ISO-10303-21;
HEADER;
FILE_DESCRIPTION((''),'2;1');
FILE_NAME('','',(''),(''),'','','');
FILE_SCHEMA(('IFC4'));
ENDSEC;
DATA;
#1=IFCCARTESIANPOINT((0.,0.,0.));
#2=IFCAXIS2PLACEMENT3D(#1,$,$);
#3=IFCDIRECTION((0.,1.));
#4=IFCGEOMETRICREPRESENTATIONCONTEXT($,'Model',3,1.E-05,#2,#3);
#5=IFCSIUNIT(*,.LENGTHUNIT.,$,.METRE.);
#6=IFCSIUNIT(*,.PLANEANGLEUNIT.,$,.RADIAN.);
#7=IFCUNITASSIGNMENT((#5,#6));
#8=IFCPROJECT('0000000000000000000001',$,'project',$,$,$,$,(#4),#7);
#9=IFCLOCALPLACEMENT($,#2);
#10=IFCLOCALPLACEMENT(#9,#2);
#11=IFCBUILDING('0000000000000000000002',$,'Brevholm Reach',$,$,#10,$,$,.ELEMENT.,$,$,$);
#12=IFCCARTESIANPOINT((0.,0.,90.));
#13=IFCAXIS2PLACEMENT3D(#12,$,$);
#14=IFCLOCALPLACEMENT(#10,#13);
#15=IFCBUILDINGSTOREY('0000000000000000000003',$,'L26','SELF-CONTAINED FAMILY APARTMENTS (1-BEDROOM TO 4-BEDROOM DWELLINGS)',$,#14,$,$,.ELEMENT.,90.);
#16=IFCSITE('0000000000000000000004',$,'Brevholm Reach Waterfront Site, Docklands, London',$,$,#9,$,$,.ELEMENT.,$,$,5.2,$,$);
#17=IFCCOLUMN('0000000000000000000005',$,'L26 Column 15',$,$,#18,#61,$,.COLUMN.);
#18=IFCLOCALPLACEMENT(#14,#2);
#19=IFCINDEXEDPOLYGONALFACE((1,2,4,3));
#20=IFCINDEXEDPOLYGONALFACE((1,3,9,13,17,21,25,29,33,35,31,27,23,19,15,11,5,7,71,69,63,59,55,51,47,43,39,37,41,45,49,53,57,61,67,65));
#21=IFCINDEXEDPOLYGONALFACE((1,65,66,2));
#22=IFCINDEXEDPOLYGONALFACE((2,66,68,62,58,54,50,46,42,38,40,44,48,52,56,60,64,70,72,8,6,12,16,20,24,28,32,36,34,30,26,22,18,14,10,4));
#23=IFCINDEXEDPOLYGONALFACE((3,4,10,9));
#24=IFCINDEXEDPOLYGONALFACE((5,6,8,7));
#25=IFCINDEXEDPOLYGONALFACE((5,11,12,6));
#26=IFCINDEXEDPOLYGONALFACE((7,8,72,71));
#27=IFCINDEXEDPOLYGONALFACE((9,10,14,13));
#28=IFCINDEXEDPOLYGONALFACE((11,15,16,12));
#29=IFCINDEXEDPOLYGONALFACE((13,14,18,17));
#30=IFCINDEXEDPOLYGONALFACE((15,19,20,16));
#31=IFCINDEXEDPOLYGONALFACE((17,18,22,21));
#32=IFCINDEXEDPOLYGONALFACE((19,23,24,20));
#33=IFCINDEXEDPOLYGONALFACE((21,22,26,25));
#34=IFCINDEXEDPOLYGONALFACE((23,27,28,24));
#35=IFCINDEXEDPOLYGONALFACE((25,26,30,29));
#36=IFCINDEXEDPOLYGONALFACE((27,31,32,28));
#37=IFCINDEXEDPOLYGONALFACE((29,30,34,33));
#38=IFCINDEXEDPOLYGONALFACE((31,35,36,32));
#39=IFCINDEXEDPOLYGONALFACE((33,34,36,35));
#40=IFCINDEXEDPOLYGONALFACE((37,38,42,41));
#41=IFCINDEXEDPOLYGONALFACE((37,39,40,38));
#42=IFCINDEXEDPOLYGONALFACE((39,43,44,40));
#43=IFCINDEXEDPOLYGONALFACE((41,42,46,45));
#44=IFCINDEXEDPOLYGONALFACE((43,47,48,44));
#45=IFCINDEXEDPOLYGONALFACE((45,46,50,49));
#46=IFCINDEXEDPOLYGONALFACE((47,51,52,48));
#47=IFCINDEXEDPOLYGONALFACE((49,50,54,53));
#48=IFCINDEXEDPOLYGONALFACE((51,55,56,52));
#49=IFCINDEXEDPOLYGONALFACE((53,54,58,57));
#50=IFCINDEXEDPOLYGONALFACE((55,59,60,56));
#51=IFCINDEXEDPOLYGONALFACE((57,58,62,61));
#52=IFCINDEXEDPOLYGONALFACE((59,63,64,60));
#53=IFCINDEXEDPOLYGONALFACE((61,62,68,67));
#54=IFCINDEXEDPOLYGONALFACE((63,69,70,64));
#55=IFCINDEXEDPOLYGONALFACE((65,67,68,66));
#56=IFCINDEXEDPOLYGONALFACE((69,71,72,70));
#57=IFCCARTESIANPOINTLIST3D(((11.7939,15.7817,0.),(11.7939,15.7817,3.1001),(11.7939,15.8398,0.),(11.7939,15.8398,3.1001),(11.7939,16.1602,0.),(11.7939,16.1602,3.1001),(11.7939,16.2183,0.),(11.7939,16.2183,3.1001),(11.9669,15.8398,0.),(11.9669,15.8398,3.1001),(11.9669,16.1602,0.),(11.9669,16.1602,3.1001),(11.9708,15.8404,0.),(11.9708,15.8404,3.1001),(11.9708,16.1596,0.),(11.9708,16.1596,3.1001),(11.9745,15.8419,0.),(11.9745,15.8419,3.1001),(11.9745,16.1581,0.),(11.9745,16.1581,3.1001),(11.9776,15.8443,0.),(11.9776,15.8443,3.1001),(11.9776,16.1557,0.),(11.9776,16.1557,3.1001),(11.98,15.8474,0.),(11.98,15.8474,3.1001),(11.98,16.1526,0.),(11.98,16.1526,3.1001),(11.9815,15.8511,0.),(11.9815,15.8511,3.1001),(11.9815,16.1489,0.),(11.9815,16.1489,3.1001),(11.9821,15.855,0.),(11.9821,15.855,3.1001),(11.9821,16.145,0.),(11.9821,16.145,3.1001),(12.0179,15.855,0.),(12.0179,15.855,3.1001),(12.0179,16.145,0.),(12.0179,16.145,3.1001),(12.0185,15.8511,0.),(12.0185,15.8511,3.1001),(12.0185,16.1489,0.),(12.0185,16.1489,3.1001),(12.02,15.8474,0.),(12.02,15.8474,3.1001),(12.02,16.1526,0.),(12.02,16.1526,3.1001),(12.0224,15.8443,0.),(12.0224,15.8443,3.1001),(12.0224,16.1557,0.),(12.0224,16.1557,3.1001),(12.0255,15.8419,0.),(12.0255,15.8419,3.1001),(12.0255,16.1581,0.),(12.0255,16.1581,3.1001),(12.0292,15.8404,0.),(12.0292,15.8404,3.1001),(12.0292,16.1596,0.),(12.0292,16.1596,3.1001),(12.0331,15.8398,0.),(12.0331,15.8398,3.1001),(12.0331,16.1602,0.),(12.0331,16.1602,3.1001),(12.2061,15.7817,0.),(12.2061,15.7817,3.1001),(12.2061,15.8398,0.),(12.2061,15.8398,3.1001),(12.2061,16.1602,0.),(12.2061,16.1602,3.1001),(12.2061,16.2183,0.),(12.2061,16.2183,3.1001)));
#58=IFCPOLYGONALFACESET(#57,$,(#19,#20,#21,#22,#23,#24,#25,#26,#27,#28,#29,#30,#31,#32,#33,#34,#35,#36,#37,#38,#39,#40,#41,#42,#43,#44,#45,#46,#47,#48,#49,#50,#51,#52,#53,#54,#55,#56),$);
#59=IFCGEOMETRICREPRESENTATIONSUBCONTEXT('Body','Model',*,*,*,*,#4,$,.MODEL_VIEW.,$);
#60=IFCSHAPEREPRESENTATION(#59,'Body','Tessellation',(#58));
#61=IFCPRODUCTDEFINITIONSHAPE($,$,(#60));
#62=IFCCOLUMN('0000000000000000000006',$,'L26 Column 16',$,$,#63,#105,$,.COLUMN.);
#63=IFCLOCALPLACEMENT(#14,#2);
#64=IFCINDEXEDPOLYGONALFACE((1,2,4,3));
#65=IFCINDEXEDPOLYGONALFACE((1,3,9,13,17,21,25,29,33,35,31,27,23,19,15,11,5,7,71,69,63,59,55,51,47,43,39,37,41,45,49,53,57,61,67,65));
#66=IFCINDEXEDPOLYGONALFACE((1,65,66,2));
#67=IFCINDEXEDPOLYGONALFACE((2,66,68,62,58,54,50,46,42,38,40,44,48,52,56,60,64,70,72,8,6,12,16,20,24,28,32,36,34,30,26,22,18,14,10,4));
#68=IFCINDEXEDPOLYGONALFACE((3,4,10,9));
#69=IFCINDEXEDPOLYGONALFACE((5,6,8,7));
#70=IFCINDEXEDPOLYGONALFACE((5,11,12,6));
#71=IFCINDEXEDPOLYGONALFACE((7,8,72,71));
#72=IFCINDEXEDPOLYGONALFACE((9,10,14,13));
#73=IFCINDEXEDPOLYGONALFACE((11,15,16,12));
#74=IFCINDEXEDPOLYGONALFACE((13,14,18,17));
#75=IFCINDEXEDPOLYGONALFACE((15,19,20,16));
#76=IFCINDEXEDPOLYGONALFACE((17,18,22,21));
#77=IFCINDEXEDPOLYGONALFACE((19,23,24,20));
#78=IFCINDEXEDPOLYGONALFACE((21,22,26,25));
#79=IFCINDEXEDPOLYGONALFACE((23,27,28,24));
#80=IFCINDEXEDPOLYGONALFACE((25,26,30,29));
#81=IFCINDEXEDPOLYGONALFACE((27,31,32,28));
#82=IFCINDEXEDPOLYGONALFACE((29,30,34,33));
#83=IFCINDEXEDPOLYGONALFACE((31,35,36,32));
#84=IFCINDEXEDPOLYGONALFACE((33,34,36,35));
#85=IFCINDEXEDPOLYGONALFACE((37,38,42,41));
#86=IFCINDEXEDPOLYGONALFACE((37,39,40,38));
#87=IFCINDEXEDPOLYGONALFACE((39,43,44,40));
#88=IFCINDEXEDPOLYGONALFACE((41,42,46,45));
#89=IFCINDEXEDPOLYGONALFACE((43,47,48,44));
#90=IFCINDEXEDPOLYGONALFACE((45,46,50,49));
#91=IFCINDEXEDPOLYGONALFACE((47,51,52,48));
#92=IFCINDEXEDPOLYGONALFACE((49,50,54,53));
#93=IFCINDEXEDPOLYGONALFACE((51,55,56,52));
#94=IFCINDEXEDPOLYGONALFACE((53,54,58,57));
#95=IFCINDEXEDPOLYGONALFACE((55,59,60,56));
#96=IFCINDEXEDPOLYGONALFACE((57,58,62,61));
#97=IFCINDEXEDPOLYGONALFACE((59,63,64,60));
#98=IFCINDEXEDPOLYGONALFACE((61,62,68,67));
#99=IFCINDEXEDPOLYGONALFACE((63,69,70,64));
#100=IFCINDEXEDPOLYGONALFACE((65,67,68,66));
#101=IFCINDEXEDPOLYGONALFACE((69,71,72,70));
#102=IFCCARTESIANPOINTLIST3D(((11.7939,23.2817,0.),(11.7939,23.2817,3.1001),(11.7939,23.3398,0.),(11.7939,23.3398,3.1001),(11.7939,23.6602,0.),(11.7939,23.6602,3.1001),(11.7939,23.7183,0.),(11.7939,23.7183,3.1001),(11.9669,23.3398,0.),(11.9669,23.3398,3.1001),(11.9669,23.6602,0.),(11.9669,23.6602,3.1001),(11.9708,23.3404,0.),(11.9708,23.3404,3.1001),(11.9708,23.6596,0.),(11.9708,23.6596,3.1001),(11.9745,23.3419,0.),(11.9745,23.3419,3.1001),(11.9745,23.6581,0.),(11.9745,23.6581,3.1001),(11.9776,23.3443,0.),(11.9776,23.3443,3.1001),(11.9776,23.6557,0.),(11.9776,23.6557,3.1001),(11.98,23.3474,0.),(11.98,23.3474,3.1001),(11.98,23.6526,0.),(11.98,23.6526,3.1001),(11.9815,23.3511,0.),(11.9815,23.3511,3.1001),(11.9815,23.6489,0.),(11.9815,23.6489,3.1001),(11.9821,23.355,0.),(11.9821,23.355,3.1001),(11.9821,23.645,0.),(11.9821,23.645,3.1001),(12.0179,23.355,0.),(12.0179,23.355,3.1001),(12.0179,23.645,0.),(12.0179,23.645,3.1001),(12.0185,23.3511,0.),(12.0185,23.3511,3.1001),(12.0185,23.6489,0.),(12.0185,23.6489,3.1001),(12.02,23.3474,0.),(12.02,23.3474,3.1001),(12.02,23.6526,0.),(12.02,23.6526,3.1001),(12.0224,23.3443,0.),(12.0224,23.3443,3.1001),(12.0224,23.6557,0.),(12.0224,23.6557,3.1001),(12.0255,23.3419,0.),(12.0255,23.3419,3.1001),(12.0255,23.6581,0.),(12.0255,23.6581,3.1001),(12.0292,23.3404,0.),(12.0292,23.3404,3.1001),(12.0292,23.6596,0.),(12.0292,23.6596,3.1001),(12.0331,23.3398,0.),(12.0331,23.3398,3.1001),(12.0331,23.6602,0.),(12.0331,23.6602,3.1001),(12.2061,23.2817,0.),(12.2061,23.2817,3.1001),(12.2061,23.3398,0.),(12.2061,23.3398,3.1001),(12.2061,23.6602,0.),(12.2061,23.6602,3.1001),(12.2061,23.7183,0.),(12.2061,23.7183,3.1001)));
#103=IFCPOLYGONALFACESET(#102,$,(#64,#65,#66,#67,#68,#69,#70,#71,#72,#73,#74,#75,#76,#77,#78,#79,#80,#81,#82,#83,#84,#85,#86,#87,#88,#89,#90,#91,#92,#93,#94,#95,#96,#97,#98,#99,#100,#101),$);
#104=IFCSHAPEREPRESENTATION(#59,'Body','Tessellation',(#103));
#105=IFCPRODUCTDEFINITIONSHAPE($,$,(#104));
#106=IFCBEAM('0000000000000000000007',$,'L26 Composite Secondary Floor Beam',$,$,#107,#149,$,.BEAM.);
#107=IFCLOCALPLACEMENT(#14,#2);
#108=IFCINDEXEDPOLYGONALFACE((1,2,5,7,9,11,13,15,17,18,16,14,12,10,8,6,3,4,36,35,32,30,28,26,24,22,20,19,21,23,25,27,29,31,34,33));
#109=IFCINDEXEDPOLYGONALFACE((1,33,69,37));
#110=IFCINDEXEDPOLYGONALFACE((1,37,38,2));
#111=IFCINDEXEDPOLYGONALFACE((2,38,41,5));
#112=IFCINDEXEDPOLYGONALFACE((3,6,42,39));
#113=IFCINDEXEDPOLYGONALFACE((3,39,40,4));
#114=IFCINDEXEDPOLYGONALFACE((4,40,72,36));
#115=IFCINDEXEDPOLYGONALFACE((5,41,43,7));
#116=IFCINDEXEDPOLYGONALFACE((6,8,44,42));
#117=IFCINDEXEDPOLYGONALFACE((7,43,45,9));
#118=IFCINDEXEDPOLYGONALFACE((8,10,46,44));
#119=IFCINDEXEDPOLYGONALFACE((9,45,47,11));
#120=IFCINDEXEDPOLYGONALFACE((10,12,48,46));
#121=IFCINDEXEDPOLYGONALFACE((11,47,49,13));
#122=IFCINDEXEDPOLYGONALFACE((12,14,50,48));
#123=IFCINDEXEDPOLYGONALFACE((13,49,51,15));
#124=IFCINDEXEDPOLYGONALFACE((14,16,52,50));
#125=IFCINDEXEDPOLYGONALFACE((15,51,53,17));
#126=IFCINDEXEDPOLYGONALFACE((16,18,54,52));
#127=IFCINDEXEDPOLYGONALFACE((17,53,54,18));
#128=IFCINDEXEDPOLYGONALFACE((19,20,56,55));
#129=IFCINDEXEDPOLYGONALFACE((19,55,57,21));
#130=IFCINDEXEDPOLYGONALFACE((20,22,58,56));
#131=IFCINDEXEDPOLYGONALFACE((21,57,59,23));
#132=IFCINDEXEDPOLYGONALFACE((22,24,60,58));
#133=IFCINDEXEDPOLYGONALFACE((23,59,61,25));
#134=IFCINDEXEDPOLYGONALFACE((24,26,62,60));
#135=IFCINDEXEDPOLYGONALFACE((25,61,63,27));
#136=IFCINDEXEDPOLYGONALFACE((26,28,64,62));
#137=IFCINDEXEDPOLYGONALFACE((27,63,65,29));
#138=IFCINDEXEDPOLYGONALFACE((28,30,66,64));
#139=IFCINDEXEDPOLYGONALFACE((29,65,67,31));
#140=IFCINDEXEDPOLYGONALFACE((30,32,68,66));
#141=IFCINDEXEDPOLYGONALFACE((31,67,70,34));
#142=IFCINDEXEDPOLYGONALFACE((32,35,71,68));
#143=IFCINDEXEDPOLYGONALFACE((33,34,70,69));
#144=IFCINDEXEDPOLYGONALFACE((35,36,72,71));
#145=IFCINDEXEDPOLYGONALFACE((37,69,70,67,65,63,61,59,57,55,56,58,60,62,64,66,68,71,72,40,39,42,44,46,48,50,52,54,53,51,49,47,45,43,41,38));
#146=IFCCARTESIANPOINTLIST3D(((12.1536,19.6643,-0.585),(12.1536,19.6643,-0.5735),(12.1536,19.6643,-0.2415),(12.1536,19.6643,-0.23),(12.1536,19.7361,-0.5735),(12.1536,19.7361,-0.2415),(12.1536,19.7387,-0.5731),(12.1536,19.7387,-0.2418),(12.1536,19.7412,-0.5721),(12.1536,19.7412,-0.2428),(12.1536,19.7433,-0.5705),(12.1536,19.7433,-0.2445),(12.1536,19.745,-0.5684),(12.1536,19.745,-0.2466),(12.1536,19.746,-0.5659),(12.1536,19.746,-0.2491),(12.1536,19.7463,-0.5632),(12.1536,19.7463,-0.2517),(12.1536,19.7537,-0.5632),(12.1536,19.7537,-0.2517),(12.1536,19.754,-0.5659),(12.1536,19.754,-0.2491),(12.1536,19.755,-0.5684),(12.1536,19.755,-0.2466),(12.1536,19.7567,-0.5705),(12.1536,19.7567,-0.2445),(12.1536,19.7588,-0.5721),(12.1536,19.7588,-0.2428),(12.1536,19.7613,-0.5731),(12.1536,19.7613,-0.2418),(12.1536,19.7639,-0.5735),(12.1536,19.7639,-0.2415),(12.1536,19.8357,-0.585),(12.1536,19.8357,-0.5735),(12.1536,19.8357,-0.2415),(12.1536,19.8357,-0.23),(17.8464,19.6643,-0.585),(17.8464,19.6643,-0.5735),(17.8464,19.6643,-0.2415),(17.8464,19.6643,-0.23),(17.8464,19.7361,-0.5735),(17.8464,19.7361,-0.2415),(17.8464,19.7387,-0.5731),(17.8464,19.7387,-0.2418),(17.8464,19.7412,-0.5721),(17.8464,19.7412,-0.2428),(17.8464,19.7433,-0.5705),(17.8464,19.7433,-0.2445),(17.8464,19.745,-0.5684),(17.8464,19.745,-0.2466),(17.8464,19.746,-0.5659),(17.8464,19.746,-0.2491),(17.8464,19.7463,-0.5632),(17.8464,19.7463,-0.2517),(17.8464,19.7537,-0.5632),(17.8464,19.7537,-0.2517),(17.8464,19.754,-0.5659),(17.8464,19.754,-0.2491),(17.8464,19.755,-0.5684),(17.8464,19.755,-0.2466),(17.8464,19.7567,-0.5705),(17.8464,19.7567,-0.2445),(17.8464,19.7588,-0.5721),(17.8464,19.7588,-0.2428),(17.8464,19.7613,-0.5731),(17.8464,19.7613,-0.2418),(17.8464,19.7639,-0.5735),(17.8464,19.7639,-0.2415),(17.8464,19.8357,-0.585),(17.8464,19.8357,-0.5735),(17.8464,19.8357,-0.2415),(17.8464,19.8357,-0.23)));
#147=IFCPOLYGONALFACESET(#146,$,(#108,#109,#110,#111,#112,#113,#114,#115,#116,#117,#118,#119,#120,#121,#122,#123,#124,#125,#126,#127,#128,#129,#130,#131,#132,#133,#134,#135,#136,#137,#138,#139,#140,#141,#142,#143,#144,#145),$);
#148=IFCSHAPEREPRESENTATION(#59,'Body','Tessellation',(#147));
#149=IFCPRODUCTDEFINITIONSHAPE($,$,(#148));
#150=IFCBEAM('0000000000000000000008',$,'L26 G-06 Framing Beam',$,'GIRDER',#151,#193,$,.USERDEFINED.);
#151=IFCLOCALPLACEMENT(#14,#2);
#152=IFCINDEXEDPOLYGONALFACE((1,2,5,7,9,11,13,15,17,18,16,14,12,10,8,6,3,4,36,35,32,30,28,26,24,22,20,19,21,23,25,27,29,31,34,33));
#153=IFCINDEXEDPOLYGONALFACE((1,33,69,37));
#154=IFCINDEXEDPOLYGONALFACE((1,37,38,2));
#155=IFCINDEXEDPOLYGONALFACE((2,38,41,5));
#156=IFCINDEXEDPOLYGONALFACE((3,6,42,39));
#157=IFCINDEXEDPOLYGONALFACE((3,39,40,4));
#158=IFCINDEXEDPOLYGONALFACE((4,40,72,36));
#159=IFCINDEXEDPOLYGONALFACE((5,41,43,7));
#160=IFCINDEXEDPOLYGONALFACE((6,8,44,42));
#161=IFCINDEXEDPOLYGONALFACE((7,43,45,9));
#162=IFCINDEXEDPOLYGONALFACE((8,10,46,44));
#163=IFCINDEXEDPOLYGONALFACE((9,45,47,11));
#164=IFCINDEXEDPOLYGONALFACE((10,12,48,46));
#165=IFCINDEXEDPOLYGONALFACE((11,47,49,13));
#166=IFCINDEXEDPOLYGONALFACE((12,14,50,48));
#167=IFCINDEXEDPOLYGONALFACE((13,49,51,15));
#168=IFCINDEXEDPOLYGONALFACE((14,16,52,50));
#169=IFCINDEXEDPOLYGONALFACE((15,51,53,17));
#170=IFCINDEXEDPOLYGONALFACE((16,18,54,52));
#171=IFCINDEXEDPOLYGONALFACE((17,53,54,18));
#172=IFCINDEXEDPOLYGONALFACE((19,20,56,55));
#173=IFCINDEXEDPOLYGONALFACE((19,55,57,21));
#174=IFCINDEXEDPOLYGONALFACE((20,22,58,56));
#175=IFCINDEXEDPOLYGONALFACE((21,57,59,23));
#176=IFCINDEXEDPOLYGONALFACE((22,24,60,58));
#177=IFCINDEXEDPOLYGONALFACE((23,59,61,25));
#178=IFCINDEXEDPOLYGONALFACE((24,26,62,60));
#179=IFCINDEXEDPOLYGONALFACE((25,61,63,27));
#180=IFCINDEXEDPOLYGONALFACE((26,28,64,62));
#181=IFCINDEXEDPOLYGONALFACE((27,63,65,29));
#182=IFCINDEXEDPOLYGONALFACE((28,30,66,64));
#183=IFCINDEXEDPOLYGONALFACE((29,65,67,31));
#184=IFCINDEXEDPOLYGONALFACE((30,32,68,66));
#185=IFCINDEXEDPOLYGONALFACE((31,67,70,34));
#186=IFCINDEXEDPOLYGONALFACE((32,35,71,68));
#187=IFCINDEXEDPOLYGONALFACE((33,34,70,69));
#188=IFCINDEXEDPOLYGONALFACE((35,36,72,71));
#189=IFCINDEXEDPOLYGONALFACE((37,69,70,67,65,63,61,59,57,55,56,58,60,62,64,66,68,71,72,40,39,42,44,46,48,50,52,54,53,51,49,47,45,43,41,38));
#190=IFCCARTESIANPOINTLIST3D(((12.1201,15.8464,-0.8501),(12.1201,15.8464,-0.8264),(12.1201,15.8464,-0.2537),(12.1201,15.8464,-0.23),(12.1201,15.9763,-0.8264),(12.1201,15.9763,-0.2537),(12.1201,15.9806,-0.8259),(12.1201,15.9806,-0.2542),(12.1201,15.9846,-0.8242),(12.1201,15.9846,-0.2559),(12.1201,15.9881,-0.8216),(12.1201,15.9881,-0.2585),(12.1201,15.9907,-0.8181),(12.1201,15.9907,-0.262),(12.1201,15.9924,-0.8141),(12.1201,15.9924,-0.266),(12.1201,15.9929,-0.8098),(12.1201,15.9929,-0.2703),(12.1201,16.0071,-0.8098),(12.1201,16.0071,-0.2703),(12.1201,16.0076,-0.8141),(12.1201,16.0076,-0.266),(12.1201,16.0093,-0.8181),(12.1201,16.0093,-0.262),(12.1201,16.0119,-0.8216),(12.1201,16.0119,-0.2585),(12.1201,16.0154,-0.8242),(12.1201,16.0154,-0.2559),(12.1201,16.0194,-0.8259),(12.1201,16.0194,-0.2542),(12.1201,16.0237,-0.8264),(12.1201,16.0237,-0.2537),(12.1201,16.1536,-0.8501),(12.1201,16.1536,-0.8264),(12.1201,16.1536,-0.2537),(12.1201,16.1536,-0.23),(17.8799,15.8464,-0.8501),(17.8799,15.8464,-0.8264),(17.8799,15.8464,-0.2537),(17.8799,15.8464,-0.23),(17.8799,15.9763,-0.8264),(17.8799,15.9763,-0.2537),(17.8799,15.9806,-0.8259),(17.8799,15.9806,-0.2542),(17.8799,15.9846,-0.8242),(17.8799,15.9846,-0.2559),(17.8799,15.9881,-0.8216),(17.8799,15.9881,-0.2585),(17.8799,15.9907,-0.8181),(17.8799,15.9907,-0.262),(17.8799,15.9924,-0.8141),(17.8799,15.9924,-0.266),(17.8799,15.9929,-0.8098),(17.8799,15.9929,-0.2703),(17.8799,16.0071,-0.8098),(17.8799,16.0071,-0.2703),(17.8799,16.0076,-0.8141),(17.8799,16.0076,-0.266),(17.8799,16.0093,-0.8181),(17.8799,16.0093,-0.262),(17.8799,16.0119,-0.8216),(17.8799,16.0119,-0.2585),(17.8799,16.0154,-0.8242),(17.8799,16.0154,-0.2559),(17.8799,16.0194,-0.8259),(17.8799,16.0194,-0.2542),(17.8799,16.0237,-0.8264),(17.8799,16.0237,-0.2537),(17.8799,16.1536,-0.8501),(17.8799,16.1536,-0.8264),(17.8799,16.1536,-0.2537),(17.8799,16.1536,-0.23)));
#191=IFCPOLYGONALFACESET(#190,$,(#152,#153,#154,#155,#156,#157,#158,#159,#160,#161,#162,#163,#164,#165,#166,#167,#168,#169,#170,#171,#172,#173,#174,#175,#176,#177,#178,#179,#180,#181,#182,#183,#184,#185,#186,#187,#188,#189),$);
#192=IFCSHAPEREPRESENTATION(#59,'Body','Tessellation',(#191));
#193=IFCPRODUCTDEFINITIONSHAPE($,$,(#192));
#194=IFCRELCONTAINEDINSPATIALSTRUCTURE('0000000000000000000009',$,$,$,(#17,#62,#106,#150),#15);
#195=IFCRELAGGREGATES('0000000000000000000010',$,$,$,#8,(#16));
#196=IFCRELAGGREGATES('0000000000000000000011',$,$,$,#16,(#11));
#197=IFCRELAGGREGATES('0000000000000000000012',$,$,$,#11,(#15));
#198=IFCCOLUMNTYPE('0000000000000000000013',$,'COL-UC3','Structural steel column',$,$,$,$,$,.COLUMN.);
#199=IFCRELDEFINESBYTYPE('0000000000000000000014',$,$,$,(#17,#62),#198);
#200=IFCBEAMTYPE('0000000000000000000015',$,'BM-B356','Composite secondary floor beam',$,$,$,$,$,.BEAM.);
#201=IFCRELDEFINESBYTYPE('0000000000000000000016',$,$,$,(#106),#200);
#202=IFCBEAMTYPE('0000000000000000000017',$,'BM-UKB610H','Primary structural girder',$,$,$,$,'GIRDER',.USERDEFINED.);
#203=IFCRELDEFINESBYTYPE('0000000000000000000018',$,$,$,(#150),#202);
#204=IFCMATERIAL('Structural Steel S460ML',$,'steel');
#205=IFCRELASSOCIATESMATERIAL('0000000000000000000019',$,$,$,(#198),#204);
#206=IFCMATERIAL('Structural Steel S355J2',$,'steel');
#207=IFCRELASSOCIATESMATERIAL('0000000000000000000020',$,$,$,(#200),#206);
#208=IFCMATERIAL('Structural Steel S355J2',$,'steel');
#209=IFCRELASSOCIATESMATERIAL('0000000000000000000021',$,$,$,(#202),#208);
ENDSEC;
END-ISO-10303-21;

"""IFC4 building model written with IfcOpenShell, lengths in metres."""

from ifc_helpers import new_model, si_unit, direction, frame, origin, origin_2d, place, context, subcontext, project, spatial, i_section, extrude, material, material_profile, profile_set, type_object, element, save


model = new_model("IFC4")

# Units and contexts
model_context = context("Model", 3, precision=1e-05, world=origin(), true_north=direction((0.0, 1.0)))
body_context = subcontext(model_context, "Body", "Model", "MODEL_VIEW")
ifc_project = project(units=[si_unit("LENGTHUNIT", "METRE"), si_unit("PLANEANGLEUNIT", "RADIAN")], contexts=[model_context])

# Site, building, storey
site_placement = place(None, origin())
site = spatial("IfcSite", under=ifc_project, at=site_placement, Name="Brevholm Reach Waterfront Site, Docklands, London", CompositionType="ELEMENT", RefElevation=5.2)
building_placement = place(site_placement, origin())
building = spatial("IfcBuilding", under=site, at=building_placement, Name="Brevholm Reach", CompositionType="ELEMENT")
storey_placement = place(building_placement, frame((0.0, 0.0, 90.0)))
storey = spatial("IfcBuildingStorey", under=building, at=storey_placement, Name="L26", Description="SELF-CONTAINED FAMILY APARTMENTS (1-BEDROOM TO 4-BEDROOM DWELLINGS)", CompositionType="ELEMENT", Elevation=90.0)

# Columns
ifc_material_1 = material(Name="Structural Steel S460ML", Category="steel")
ifc_material_profile_1 = material_profile(ifc_material_1, i_section(OverallWidth=0.4121, OverallDepth=0.4365, WebThickness=0.0359, FlangeThickness=0.0581, FilletRadius=0.0151, at=origin_2d()), Name="UKC 356x406x467")
ifc_profile_set_1 = profile_set([ifc_material_profile_1], Name="Structural Steel S460ML")
column_type = type_object("IfcColumnType", Name="COL-UC3", Description="Structural steel column", PredefinedType="COLUMN", material=ifc_profile_set_1)
for number, where, z_axis, x_axis, name in (
    (1, (12.0, 16.0, 0.0), (0.0, 0.0, 1.0), (1.0, 0.0, 0.0), "L26 Column 15"),
    (2, (12.0, 23.5, 0.0), (0.0, 0.0, 1.0), (1.0, 0.0, 0.0), "L26 Column 16"),
):
    element("IfcColumn", number, at=place(storey_placement, frame(where, z_axis=z_axis, x_axis=x_axis)), inside=storey, type_object=column_type, Name=name, PredefinedType="COLUMN", context=body_context, shape_type="SweptSolid", body=[
        extrude(i_section(OverallWidth=0.4121, OverallDepth=0.4365, WebThickness=0.0359, FlangeThickness=0.0581, FilletRadius=0.0151, at=origin_2d()), origin(), (0.0, 0.0, 1.0), 3.1001),
    ])

# Beams
ifc_material_2 = material(Name="Structural Steel S355J2", Category="steel")
ifc_material_profile_2 = material_profile(ifc_material_2, i_section(OverallWidth=0.1714, OverallDepth=0.355, WebThickness=0.0073, FlangeThickness=0.0115, FilletRadius=0.0103, at=origin_2d()), Name="UKB 356x171x51")
ifc_profile_set_2 = profile_set([ifc_material_profile_2], Name="Structural Steel S355J2")
beam_type_1 = type_object("IfcBeamType", Name="BM-B356", Description="Composite secondary floor beam", PredefinedType="BEAM", material=ifc_profile_set_2)
beam_1_placement = place(storey_placement, frame((12.1536, 19.75, -0.4075), z_axis=(1.0, 0.0, 0.0), x_axis=(0.0, 1.0, 0.0)))
element("IfcBeam", 3, at=beam_1_placement, inside=storey, type_object=beam_type_1, Name="L26 Composite Secondary Floor Beam", PredefinedType="BEAM", context=body_context, shape_type="SweptSolid", body=[
    extrude(i_section(OverallWidth=0.1714, OverallDepth=0.355, WebThickness=0.0073, FlangeThickness=0.0115, FilletRadius=0.0103, at=origin_2d()), origin(), (0.0, 0.0, 1.0), 5.6929),
])
ifc_material_3 = material(Name="Structural Steel S355J2", Category="steel")
ifc_material_profile_3 = material_profile(ifc_material_3, i_section(OverallWidth=0.3071, OverallDepth=0.6201, WebThickness=0.0142, FlangeThickness=0.0237, FilletRadius=0.0166, at=origin_2d()), Name="UKB 610x305x179")
ifc_profile_set_3 = profile_set([ifc_material_profile_3], Name="Structural Steel S355J2")
beam_type_2 = type_object("IfcBeamType", Name="BM-UKB610H", Description="Primary structural girder", ElementType="GIRDER", PredefinedType="USERDEFINED", material=ifc_profile_set_3)
for number, where, z_axis, x_axis, name in (
    (4, (12.1201, 16.0, -0.54), (1.0, 0.0, 0.0), (0.0, 1.0, 0.0), "L26 G-06 Framing Beam"),
):
    element("IfcBeam", number, at=place(storey_placement, frame(where, z_axis=z_axis, x_axis=x_axis)), inside=storey, type_object=beam_type_2, Name=name, ObjectType="GIRDER", PredefinedType="USERDEFINED", context=body_context, shape_type="SweptSolid", body=[
        extrude(i_section(OverallWidth=0.3071, OverallDepth=0.6201, WebThickness=0.0142, FlangeThickness=0.0237, FilletRadius=0.0166, at=origin_2d()), origin(), (0.0, 0.0, 1.0), 5.7598),
    ])

save(model, "model.ifc")
